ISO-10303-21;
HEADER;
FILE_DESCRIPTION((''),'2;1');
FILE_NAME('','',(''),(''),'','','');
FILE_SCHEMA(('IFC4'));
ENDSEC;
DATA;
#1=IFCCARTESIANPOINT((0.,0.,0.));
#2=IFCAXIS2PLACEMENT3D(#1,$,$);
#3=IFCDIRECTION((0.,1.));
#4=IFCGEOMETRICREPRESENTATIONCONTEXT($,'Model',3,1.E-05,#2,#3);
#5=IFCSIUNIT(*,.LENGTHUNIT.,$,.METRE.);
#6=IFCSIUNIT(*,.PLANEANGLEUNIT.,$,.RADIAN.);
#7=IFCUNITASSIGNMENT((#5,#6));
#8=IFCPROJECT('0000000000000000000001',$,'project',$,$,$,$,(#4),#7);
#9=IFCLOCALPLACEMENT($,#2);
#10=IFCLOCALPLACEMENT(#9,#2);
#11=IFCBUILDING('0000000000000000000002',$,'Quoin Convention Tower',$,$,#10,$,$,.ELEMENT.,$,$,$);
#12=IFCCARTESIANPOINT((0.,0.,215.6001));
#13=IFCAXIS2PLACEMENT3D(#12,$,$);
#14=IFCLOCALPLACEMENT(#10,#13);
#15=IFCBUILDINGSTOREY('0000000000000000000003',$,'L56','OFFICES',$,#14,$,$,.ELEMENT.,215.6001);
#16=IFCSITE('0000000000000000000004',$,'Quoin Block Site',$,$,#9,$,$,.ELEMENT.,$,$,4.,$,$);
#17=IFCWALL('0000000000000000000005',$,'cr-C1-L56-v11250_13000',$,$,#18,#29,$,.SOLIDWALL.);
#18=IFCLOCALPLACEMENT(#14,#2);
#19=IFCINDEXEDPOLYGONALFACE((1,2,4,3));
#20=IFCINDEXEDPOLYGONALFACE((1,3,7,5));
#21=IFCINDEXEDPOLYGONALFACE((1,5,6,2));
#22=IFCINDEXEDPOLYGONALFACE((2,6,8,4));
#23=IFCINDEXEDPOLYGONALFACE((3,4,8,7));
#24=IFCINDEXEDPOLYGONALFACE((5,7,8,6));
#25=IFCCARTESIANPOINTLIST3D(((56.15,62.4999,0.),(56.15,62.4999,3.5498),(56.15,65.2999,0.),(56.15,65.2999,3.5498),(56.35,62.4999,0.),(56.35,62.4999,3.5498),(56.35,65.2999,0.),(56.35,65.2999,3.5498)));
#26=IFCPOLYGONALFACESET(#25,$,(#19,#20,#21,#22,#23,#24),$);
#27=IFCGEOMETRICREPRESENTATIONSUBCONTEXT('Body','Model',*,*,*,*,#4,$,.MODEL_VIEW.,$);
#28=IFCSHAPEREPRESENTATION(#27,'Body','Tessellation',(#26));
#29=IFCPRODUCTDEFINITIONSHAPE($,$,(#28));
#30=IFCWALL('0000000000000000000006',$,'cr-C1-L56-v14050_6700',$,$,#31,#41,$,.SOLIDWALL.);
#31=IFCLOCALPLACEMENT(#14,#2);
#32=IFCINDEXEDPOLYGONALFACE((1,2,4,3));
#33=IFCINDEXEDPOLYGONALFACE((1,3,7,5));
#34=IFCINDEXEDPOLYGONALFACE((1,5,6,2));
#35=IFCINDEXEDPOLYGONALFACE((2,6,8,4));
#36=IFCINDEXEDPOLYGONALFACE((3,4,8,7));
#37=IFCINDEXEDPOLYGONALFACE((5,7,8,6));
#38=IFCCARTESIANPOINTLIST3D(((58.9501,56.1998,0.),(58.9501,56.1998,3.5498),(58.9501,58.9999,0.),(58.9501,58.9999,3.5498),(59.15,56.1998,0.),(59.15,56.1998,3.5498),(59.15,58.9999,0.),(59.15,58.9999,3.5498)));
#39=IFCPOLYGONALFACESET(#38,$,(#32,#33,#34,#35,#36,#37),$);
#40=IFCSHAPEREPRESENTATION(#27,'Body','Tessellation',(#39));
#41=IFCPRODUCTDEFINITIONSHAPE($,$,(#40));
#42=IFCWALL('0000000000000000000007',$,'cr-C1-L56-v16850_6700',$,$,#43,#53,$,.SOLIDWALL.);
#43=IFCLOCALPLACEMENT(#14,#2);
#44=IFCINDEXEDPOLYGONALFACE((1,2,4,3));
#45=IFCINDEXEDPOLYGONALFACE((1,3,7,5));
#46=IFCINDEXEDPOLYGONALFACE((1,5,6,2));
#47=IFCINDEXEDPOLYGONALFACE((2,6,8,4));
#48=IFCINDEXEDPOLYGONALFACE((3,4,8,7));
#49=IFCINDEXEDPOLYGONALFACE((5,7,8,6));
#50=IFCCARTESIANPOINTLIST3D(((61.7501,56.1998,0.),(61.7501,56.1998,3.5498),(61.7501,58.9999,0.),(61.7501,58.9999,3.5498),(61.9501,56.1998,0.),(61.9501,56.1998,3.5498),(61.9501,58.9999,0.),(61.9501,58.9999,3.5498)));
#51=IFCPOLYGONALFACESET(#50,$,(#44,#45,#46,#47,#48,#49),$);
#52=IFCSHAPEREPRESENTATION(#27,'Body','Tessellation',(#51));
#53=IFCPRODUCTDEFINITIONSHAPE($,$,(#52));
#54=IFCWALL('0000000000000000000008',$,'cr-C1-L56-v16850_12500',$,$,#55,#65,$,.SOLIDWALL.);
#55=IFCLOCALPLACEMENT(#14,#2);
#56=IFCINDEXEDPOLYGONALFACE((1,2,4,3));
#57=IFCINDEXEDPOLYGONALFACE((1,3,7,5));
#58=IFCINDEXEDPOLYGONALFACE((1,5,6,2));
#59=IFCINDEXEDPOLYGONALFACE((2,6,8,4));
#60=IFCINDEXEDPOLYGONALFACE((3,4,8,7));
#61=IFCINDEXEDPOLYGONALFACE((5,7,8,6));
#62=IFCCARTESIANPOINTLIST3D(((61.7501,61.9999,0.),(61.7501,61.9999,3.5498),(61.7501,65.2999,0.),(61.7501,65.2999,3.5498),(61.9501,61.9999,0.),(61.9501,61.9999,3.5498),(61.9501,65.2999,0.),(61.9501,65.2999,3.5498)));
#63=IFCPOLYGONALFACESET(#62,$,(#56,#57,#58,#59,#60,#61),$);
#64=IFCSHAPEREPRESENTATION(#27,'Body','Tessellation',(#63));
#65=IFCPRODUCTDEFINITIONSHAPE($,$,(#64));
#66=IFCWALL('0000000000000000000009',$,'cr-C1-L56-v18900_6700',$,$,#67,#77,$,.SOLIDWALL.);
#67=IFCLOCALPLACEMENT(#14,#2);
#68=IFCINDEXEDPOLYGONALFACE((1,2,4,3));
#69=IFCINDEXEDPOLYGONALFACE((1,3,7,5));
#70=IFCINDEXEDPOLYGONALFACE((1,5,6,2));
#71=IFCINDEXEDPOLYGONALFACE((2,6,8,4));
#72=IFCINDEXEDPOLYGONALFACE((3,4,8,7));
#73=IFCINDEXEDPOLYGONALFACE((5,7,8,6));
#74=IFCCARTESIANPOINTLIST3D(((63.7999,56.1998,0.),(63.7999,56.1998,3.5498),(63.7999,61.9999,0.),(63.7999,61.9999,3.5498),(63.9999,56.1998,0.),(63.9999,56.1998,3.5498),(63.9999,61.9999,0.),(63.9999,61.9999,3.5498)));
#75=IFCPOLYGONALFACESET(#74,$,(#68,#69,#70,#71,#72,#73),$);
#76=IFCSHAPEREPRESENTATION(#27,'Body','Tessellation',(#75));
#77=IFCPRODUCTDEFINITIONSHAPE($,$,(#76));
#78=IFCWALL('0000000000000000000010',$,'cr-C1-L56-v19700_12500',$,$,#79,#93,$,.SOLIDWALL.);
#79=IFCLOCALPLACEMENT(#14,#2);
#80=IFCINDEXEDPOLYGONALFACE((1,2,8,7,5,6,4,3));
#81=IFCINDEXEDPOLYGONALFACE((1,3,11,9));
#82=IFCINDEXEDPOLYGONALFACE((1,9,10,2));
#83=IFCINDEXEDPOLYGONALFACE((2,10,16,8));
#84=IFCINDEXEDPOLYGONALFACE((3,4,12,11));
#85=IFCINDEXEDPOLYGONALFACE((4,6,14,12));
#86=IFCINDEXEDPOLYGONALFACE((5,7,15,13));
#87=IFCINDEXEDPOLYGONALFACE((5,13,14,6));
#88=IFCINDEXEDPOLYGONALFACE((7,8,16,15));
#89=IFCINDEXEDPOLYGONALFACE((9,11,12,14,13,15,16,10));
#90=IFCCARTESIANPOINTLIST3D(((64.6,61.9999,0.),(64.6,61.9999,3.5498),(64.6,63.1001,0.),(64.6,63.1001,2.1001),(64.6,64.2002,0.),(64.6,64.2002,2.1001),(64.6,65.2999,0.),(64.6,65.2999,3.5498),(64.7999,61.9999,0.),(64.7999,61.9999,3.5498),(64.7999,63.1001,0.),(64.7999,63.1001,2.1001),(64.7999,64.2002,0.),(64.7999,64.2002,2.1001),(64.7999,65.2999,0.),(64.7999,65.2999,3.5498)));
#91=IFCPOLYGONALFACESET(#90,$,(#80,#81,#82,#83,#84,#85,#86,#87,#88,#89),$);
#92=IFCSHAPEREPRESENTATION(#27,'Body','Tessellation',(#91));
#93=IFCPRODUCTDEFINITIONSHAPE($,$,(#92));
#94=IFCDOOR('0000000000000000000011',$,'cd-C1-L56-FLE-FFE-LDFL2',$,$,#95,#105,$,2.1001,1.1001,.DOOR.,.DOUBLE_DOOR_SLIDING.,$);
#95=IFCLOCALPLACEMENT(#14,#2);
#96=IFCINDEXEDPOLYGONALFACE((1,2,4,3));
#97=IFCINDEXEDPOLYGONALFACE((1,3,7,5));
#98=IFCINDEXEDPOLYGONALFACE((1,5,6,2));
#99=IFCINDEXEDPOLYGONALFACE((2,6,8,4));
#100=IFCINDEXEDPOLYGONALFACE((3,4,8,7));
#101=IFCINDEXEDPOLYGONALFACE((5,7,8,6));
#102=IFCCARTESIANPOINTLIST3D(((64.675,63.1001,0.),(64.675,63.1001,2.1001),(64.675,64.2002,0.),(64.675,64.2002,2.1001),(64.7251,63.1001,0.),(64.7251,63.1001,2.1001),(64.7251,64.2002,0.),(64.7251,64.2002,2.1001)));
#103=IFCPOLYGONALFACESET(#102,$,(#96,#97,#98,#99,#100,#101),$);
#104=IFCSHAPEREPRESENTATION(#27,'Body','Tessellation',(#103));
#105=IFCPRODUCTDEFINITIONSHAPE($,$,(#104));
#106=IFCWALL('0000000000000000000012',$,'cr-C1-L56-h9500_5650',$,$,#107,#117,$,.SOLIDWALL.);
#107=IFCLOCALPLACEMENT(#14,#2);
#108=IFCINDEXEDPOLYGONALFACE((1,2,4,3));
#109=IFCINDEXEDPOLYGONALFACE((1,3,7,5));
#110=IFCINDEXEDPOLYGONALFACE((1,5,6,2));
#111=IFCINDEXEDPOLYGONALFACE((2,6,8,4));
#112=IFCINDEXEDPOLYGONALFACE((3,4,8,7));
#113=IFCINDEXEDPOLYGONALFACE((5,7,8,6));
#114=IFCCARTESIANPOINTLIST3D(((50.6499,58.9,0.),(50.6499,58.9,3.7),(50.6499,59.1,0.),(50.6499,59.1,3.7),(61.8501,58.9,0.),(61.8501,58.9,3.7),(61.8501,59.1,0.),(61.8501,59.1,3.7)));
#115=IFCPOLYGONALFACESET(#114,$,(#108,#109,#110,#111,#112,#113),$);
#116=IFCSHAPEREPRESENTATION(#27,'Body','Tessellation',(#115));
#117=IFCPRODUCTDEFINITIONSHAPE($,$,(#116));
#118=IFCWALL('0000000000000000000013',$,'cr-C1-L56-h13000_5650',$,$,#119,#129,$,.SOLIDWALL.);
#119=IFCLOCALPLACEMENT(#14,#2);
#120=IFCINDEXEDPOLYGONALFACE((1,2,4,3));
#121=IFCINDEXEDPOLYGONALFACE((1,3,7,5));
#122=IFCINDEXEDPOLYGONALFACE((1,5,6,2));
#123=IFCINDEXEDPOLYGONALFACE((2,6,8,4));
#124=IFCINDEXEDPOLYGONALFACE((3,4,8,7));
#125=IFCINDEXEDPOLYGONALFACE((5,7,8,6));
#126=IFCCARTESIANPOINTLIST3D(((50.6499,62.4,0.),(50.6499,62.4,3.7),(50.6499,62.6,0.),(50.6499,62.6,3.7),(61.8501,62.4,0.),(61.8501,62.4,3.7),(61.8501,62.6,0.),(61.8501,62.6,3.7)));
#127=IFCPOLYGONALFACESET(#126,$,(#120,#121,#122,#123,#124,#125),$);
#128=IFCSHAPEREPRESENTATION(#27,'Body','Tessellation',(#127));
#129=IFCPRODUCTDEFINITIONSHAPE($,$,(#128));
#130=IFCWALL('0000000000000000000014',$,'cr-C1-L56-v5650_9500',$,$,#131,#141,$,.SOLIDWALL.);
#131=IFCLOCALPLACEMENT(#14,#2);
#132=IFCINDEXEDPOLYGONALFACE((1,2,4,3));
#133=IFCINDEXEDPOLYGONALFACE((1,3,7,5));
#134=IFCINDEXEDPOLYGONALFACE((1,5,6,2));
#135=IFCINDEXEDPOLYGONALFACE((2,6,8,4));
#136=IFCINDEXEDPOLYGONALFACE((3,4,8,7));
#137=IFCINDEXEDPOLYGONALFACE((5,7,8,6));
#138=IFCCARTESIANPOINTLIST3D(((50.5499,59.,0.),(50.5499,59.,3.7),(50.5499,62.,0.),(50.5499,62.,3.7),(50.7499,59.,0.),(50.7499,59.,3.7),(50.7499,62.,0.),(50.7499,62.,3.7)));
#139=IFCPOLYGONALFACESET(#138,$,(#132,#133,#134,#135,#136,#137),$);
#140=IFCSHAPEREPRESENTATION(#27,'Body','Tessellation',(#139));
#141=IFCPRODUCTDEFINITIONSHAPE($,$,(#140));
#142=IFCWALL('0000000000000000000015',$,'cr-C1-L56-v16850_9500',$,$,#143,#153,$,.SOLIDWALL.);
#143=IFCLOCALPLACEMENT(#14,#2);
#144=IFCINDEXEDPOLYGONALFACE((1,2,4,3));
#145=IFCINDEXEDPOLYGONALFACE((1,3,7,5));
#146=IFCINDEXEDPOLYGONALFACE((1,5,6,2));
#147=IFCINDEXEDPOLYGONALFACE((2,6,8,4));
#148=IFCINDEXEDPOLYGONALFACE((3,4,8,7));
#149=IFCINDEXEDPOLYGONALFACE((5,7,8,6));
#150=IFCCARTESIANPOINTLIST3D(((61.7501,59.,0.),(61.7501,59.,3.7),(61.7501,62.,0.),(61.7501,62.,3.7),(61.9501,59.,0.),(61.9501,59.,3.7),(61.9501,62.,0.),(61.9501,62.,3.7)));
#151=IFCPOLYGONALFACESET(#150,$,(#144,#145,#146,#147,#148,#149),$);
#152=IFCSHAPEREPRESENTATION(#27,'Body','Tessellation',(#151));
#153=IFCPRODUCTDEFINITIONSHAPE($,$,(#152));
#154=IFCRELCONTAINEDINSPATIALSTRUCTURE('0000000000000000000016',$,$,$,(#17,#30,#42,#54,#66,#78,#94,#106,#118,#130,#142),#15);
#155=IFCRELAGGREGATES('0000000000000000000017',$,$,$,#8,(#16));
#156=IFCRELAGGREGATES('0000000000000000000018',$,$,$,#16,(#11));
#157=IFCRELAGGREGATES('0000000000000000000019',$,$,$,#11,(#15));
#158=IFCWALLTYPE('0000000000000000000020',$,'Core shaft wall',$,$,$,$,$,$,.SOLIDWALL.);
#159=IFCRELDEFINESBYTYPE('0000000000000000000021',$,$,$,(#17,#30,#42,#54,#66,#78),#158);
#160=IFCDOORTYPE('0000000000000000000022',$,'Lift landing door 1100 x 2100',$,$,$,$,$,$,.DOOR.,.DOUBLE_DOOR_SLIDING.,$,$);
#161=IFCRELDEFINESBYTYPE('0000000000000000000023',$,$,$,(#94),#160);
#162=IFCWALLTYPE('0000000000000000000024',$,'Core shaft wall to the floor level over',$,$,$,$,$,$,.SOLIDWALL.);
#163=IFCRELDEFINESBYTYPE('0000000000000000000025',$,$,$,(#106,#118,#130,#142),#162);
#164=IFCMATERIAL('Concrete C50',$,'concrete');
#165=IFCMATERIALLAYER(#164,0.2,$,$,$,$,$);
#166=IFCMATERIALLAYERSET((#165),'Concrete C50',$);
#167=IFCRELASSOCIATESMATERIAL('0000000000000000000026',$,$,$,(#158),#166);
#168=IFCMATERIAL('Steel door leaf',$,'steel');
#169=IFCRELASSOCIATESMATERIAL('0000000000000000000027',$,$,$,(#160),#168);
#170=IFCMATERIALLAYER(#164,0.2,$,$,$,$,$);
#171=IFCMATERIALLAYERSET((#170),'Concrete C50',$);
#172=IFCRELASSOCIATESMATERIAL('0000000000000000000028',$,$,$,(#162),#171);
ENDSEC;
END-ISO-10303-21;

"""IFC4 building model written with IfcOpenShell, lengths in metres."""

from ifc_helpers import new_model, si_unit, direction, frame, frame_2d, origin, place, context, subcontext, project, spatial, rectangle, extrude, material, layer, layer_set, type_object, element, fill, save


model = new_model("IFC4")

# Units and contexts
model_context = context("Model", 3, precision=1e-05, world=origin(), true_north=direction((0.0, 1.0)))
body_context = subcontext(model_context, "Body", "Model", "MODEL_VIEW")
ifc_project = project(units=[si_unit("LENGTHUNIT", "METRE"), si_unit("PLANEANGLEUNIT", "RADIAN")], contexts=[model_context])

# Site, building, storey
site_placement = place(None, origin())
site = spatial("IfcSite", under=ifc_project, at=site_placement, Name="Quoin Block Site", CompositionType="ELEMENT", RefElevation=4.0)
building_placement = place(site_placement, origin())
building = spatial("IfcBuilding", under=site, at=building_placement, Name="Quoin Convention Tower", CompositionType="ELEMENT")
storey_placement = place(building_placement, frame((0.0, 0.0, 215.6001)))
storey = spatial("IfcBuildingStorey", under=building, at=storey_placement, Name="L56", Description="OFFICES", CompositionType="ELEMENT", Elevation=215.6001)

# Shared definitions
ifc_material_1 = material(Name="Concrete C50", Category="concrete")
ifc_layer_1 = layer(ifc_material_1, 0.2)
ifc_layer_set_1 = layer_set([ifc_layer_1], Name="Concrete C50")
wall_type_1 = type_object("IfcWallType", Name="Core shaft wall", PredefinedType="SOLIDWALL", material=ifc_layer_set_1)

# Shared definitions
ifc_material_2 = material(Name="Steel door leaf", Category="steel")

# Walls
for number, where, z_axis, x_axis, name in (
    (1, (56.25, 62.5, 0.0), (0.0, 0.0, 1.0), (0.0, 1.0, 0.0), "cr-C1-L56-v11250_13000"),
    (2, (59.05, 56.2, 0.0), (0.0, 0.0, 1.0), (0.0, 1.0, 0.0), "cr-C1-L56-v14050_6700"),
    (3, (61.8501, 56.2, 0.0), (0.0, 0.0, 1.0), (0.0, 1.0, 0.0), "cr-C1-L56-v16850_6700"),
):
    element("IfcWall", number, at=place(storey_placement, frame(where, z_axis=z_axis, x_axis=x_axis)), inside=storey, type_object=wall_type_1, Name=name, PredefinedType="SOLIDWALL", context=body_context, shape_type="SweptSolid", body=[
        extrude(rectangle(XDim=2.8, YDim=0.2, at=frame_2d((1.3999, 0.0))), origin(), (0.0, 0.0, 1.0), 3.5498),
    ])
wall_1_placement = place(storey_placement, frame((61.8501, 62.0, 0.0), z_axis=(0.0, 0.0, 1.0), x_axis=(0.0, 1.0, 0.0)))
element("IfcWall", 4, at=wall_1_placement, inside=storey, type_object=wall_type_1, Name="cr-C1-L56-v16850_12500", PredefinedType="SOLIDWALL", context=body_context, shape_type="SweptSolid", body=[
    extrude(rectangle(XDim=3.3, YDim=0.2, at=frame_2d((1.6499, 0.0))), origin(), (0.0, 0.0, 1.0), 3.5498),
])
wall_2_placement = place(storey_placement, frame((63.8999, 56.2, 0.0), z_axis=(0.0, 0.0, 1.0), x_axis=(0.0, 1.0, 0.0)))
element("IfcWall", 5, at=wall_2_placement, inside=storey, type_object=wall_type_1, Name="cr-C1-L56-v18900_6700", PredefinedType="SOLIDWALL", context=body_context, shape_type="SweptSolid", body=[
    extrude(rectangle(XDim=5.8, YDim=0.2, at=frame_2d((2.8999, 0.0))), origin(), (0.0, 0.0, 1.0), 3.5498),
])

# Wall, opening, door
wall_3_placement = place(storey_placement, frame((64.7, 62.0, 0.0), z_axis=(0.0, 0.0, 1.0), x_axis=(0.0, 1.0, 0.0)))
wall_3 = element("IfcWall", 6, at=wall_3_placement, inside=storey, type_object=wall_type_1, Name="cr-C1-L56-v19700_12500", PredefinedType="SOLIDWALL", context=body_context, shape_type="SweptSolid", body=[
    extrude(rectangle(XDim=3.3, YDim=0.2, at=frame_2d((1.6499, 0.0))), origin(), (0.0, 0.0, 1.0), 3.5498),
])
opening_1_placement = place(wall_3_placement, frame((1.1001, 0.0, 0.0)))
opening_1 = element("IfcOpeningElement", 7, at=opening_1_placement, cuts=wall_3, PredefinedType="OPENING", context=body_context, shape_type="SweptSolid", body=[
    extrude(rectangle(XDim=1.1001, YDim=2.1001, at=frame_2d((0.55, 1.05))), frame((0.0, 0.1099, 0.0), z_axis=(0.0, -1.0, 0.0), x_axis=(1.0, 0.0, 0.0)), (0.0, 0.0, 1.0), 0.22),
])
door_type_1 = type_object("IfcDoorType", Name="Lift landing door 1100 x 2100", OperationType="DOUBLE_DOOR_SLIDING", PredefinedType="DOOR", material=ifc_material_2)
door_1_placement = place(opening_1_placement, origin())
door_1 = element("IfcDoor", 8, at=door_1_placement, inside=storey, type_object=door_type_1, Name="cd-C1-L56-FLE-FFE-LDFL2", OperationType="DOUBLE_DOOR_SLIDING", OverallHeight=2.1001, OverallWidth=1.1001, PredefinedType="DOOR", context=body_context, shape_type="SweptSolid", body=[
    extrude(rectangle(XDim=1.1001, YDim=2.1001, at=frame_2d((0.55, 1.05))), frame((0.0, 0.0249, 0.0), z_axis=(0.0, -1.0, 0.0), x_axis=(1.0, 0.0, 0.0)), (0.0, 0.0, 1.0), 0.05),
])
fill(opening_1, door_1)

# Walls
ifc_layer_2 = layer(ifc_material_1, 0.2)
ifc_layer_set_2 = layer_set([ifc_layer_2], Name="Concrete C50")
wall_type_2 = type_object("IfcWallType", Name="Core shaft wall to the floor level over", PredefinedType="SOLIDWALL", material=ifc_layer_set_2)
for number, where, z_axis, x_axis, name in (
    (9, (50.6499, 59.0, 0.0), (0.0, 0.0, 1.0), (1.0, 0.0, 0.0), "cr-C1-L56-h9500_5650"),
    (10, (50.6499, 62.5, 0.0), (0.0, 0.0, 1.0), (1.0, 0.0, 0.0), "cr-C1-L56-h13000_5650"),
):
    element("IfcWall", number, at=place(storey_placement, frame(where, z_axis=z_axis, x_axis=x_axis)), inside=storey, type_object=wall_type_2, Name=name, PredefinedType="SOLIDWALL", context=body_context, shape_type="SweptSolid", body=[
        extrude(rectangle(XDim=11.2002, YDim=0.2, at=frame_2d((5.6001, 0.0))), origin(), (0.0, 0.0, 1.0), 3.7),
    ])
for number, where, z_axis, x_axis, name in (
    (11, (50.6499, 59.0, 0.0), (0.0, 0.0, 1.0), (0.0, 1.0, 0.0), "cr-C1-L56-v5650_9500"),
    (12, (61.8501, 59.0, 0.0), (0.0, 0.0, 1.0), (0.0, 1.0, 0.0), "cr-C1-L56-v16850_9500"),
):
    element("IfcWall", number, at=place(storey_placement, frame(where, z_axis=z_axis, x_axis=x_axis)), inside=storey, type_object=wall_type_2, Name=name, PredefinedType="SOLIDWALL", context=body_context, shape_type="SweptSolid", body=[
        extrude(rectangle(XDim=3.0, YDim=0.2, at=frame_2d((1.5, 0.0))), origin(), (0.0, 0.0, 1.0), 3.7),
    ])

save(model, "model.ifc")
